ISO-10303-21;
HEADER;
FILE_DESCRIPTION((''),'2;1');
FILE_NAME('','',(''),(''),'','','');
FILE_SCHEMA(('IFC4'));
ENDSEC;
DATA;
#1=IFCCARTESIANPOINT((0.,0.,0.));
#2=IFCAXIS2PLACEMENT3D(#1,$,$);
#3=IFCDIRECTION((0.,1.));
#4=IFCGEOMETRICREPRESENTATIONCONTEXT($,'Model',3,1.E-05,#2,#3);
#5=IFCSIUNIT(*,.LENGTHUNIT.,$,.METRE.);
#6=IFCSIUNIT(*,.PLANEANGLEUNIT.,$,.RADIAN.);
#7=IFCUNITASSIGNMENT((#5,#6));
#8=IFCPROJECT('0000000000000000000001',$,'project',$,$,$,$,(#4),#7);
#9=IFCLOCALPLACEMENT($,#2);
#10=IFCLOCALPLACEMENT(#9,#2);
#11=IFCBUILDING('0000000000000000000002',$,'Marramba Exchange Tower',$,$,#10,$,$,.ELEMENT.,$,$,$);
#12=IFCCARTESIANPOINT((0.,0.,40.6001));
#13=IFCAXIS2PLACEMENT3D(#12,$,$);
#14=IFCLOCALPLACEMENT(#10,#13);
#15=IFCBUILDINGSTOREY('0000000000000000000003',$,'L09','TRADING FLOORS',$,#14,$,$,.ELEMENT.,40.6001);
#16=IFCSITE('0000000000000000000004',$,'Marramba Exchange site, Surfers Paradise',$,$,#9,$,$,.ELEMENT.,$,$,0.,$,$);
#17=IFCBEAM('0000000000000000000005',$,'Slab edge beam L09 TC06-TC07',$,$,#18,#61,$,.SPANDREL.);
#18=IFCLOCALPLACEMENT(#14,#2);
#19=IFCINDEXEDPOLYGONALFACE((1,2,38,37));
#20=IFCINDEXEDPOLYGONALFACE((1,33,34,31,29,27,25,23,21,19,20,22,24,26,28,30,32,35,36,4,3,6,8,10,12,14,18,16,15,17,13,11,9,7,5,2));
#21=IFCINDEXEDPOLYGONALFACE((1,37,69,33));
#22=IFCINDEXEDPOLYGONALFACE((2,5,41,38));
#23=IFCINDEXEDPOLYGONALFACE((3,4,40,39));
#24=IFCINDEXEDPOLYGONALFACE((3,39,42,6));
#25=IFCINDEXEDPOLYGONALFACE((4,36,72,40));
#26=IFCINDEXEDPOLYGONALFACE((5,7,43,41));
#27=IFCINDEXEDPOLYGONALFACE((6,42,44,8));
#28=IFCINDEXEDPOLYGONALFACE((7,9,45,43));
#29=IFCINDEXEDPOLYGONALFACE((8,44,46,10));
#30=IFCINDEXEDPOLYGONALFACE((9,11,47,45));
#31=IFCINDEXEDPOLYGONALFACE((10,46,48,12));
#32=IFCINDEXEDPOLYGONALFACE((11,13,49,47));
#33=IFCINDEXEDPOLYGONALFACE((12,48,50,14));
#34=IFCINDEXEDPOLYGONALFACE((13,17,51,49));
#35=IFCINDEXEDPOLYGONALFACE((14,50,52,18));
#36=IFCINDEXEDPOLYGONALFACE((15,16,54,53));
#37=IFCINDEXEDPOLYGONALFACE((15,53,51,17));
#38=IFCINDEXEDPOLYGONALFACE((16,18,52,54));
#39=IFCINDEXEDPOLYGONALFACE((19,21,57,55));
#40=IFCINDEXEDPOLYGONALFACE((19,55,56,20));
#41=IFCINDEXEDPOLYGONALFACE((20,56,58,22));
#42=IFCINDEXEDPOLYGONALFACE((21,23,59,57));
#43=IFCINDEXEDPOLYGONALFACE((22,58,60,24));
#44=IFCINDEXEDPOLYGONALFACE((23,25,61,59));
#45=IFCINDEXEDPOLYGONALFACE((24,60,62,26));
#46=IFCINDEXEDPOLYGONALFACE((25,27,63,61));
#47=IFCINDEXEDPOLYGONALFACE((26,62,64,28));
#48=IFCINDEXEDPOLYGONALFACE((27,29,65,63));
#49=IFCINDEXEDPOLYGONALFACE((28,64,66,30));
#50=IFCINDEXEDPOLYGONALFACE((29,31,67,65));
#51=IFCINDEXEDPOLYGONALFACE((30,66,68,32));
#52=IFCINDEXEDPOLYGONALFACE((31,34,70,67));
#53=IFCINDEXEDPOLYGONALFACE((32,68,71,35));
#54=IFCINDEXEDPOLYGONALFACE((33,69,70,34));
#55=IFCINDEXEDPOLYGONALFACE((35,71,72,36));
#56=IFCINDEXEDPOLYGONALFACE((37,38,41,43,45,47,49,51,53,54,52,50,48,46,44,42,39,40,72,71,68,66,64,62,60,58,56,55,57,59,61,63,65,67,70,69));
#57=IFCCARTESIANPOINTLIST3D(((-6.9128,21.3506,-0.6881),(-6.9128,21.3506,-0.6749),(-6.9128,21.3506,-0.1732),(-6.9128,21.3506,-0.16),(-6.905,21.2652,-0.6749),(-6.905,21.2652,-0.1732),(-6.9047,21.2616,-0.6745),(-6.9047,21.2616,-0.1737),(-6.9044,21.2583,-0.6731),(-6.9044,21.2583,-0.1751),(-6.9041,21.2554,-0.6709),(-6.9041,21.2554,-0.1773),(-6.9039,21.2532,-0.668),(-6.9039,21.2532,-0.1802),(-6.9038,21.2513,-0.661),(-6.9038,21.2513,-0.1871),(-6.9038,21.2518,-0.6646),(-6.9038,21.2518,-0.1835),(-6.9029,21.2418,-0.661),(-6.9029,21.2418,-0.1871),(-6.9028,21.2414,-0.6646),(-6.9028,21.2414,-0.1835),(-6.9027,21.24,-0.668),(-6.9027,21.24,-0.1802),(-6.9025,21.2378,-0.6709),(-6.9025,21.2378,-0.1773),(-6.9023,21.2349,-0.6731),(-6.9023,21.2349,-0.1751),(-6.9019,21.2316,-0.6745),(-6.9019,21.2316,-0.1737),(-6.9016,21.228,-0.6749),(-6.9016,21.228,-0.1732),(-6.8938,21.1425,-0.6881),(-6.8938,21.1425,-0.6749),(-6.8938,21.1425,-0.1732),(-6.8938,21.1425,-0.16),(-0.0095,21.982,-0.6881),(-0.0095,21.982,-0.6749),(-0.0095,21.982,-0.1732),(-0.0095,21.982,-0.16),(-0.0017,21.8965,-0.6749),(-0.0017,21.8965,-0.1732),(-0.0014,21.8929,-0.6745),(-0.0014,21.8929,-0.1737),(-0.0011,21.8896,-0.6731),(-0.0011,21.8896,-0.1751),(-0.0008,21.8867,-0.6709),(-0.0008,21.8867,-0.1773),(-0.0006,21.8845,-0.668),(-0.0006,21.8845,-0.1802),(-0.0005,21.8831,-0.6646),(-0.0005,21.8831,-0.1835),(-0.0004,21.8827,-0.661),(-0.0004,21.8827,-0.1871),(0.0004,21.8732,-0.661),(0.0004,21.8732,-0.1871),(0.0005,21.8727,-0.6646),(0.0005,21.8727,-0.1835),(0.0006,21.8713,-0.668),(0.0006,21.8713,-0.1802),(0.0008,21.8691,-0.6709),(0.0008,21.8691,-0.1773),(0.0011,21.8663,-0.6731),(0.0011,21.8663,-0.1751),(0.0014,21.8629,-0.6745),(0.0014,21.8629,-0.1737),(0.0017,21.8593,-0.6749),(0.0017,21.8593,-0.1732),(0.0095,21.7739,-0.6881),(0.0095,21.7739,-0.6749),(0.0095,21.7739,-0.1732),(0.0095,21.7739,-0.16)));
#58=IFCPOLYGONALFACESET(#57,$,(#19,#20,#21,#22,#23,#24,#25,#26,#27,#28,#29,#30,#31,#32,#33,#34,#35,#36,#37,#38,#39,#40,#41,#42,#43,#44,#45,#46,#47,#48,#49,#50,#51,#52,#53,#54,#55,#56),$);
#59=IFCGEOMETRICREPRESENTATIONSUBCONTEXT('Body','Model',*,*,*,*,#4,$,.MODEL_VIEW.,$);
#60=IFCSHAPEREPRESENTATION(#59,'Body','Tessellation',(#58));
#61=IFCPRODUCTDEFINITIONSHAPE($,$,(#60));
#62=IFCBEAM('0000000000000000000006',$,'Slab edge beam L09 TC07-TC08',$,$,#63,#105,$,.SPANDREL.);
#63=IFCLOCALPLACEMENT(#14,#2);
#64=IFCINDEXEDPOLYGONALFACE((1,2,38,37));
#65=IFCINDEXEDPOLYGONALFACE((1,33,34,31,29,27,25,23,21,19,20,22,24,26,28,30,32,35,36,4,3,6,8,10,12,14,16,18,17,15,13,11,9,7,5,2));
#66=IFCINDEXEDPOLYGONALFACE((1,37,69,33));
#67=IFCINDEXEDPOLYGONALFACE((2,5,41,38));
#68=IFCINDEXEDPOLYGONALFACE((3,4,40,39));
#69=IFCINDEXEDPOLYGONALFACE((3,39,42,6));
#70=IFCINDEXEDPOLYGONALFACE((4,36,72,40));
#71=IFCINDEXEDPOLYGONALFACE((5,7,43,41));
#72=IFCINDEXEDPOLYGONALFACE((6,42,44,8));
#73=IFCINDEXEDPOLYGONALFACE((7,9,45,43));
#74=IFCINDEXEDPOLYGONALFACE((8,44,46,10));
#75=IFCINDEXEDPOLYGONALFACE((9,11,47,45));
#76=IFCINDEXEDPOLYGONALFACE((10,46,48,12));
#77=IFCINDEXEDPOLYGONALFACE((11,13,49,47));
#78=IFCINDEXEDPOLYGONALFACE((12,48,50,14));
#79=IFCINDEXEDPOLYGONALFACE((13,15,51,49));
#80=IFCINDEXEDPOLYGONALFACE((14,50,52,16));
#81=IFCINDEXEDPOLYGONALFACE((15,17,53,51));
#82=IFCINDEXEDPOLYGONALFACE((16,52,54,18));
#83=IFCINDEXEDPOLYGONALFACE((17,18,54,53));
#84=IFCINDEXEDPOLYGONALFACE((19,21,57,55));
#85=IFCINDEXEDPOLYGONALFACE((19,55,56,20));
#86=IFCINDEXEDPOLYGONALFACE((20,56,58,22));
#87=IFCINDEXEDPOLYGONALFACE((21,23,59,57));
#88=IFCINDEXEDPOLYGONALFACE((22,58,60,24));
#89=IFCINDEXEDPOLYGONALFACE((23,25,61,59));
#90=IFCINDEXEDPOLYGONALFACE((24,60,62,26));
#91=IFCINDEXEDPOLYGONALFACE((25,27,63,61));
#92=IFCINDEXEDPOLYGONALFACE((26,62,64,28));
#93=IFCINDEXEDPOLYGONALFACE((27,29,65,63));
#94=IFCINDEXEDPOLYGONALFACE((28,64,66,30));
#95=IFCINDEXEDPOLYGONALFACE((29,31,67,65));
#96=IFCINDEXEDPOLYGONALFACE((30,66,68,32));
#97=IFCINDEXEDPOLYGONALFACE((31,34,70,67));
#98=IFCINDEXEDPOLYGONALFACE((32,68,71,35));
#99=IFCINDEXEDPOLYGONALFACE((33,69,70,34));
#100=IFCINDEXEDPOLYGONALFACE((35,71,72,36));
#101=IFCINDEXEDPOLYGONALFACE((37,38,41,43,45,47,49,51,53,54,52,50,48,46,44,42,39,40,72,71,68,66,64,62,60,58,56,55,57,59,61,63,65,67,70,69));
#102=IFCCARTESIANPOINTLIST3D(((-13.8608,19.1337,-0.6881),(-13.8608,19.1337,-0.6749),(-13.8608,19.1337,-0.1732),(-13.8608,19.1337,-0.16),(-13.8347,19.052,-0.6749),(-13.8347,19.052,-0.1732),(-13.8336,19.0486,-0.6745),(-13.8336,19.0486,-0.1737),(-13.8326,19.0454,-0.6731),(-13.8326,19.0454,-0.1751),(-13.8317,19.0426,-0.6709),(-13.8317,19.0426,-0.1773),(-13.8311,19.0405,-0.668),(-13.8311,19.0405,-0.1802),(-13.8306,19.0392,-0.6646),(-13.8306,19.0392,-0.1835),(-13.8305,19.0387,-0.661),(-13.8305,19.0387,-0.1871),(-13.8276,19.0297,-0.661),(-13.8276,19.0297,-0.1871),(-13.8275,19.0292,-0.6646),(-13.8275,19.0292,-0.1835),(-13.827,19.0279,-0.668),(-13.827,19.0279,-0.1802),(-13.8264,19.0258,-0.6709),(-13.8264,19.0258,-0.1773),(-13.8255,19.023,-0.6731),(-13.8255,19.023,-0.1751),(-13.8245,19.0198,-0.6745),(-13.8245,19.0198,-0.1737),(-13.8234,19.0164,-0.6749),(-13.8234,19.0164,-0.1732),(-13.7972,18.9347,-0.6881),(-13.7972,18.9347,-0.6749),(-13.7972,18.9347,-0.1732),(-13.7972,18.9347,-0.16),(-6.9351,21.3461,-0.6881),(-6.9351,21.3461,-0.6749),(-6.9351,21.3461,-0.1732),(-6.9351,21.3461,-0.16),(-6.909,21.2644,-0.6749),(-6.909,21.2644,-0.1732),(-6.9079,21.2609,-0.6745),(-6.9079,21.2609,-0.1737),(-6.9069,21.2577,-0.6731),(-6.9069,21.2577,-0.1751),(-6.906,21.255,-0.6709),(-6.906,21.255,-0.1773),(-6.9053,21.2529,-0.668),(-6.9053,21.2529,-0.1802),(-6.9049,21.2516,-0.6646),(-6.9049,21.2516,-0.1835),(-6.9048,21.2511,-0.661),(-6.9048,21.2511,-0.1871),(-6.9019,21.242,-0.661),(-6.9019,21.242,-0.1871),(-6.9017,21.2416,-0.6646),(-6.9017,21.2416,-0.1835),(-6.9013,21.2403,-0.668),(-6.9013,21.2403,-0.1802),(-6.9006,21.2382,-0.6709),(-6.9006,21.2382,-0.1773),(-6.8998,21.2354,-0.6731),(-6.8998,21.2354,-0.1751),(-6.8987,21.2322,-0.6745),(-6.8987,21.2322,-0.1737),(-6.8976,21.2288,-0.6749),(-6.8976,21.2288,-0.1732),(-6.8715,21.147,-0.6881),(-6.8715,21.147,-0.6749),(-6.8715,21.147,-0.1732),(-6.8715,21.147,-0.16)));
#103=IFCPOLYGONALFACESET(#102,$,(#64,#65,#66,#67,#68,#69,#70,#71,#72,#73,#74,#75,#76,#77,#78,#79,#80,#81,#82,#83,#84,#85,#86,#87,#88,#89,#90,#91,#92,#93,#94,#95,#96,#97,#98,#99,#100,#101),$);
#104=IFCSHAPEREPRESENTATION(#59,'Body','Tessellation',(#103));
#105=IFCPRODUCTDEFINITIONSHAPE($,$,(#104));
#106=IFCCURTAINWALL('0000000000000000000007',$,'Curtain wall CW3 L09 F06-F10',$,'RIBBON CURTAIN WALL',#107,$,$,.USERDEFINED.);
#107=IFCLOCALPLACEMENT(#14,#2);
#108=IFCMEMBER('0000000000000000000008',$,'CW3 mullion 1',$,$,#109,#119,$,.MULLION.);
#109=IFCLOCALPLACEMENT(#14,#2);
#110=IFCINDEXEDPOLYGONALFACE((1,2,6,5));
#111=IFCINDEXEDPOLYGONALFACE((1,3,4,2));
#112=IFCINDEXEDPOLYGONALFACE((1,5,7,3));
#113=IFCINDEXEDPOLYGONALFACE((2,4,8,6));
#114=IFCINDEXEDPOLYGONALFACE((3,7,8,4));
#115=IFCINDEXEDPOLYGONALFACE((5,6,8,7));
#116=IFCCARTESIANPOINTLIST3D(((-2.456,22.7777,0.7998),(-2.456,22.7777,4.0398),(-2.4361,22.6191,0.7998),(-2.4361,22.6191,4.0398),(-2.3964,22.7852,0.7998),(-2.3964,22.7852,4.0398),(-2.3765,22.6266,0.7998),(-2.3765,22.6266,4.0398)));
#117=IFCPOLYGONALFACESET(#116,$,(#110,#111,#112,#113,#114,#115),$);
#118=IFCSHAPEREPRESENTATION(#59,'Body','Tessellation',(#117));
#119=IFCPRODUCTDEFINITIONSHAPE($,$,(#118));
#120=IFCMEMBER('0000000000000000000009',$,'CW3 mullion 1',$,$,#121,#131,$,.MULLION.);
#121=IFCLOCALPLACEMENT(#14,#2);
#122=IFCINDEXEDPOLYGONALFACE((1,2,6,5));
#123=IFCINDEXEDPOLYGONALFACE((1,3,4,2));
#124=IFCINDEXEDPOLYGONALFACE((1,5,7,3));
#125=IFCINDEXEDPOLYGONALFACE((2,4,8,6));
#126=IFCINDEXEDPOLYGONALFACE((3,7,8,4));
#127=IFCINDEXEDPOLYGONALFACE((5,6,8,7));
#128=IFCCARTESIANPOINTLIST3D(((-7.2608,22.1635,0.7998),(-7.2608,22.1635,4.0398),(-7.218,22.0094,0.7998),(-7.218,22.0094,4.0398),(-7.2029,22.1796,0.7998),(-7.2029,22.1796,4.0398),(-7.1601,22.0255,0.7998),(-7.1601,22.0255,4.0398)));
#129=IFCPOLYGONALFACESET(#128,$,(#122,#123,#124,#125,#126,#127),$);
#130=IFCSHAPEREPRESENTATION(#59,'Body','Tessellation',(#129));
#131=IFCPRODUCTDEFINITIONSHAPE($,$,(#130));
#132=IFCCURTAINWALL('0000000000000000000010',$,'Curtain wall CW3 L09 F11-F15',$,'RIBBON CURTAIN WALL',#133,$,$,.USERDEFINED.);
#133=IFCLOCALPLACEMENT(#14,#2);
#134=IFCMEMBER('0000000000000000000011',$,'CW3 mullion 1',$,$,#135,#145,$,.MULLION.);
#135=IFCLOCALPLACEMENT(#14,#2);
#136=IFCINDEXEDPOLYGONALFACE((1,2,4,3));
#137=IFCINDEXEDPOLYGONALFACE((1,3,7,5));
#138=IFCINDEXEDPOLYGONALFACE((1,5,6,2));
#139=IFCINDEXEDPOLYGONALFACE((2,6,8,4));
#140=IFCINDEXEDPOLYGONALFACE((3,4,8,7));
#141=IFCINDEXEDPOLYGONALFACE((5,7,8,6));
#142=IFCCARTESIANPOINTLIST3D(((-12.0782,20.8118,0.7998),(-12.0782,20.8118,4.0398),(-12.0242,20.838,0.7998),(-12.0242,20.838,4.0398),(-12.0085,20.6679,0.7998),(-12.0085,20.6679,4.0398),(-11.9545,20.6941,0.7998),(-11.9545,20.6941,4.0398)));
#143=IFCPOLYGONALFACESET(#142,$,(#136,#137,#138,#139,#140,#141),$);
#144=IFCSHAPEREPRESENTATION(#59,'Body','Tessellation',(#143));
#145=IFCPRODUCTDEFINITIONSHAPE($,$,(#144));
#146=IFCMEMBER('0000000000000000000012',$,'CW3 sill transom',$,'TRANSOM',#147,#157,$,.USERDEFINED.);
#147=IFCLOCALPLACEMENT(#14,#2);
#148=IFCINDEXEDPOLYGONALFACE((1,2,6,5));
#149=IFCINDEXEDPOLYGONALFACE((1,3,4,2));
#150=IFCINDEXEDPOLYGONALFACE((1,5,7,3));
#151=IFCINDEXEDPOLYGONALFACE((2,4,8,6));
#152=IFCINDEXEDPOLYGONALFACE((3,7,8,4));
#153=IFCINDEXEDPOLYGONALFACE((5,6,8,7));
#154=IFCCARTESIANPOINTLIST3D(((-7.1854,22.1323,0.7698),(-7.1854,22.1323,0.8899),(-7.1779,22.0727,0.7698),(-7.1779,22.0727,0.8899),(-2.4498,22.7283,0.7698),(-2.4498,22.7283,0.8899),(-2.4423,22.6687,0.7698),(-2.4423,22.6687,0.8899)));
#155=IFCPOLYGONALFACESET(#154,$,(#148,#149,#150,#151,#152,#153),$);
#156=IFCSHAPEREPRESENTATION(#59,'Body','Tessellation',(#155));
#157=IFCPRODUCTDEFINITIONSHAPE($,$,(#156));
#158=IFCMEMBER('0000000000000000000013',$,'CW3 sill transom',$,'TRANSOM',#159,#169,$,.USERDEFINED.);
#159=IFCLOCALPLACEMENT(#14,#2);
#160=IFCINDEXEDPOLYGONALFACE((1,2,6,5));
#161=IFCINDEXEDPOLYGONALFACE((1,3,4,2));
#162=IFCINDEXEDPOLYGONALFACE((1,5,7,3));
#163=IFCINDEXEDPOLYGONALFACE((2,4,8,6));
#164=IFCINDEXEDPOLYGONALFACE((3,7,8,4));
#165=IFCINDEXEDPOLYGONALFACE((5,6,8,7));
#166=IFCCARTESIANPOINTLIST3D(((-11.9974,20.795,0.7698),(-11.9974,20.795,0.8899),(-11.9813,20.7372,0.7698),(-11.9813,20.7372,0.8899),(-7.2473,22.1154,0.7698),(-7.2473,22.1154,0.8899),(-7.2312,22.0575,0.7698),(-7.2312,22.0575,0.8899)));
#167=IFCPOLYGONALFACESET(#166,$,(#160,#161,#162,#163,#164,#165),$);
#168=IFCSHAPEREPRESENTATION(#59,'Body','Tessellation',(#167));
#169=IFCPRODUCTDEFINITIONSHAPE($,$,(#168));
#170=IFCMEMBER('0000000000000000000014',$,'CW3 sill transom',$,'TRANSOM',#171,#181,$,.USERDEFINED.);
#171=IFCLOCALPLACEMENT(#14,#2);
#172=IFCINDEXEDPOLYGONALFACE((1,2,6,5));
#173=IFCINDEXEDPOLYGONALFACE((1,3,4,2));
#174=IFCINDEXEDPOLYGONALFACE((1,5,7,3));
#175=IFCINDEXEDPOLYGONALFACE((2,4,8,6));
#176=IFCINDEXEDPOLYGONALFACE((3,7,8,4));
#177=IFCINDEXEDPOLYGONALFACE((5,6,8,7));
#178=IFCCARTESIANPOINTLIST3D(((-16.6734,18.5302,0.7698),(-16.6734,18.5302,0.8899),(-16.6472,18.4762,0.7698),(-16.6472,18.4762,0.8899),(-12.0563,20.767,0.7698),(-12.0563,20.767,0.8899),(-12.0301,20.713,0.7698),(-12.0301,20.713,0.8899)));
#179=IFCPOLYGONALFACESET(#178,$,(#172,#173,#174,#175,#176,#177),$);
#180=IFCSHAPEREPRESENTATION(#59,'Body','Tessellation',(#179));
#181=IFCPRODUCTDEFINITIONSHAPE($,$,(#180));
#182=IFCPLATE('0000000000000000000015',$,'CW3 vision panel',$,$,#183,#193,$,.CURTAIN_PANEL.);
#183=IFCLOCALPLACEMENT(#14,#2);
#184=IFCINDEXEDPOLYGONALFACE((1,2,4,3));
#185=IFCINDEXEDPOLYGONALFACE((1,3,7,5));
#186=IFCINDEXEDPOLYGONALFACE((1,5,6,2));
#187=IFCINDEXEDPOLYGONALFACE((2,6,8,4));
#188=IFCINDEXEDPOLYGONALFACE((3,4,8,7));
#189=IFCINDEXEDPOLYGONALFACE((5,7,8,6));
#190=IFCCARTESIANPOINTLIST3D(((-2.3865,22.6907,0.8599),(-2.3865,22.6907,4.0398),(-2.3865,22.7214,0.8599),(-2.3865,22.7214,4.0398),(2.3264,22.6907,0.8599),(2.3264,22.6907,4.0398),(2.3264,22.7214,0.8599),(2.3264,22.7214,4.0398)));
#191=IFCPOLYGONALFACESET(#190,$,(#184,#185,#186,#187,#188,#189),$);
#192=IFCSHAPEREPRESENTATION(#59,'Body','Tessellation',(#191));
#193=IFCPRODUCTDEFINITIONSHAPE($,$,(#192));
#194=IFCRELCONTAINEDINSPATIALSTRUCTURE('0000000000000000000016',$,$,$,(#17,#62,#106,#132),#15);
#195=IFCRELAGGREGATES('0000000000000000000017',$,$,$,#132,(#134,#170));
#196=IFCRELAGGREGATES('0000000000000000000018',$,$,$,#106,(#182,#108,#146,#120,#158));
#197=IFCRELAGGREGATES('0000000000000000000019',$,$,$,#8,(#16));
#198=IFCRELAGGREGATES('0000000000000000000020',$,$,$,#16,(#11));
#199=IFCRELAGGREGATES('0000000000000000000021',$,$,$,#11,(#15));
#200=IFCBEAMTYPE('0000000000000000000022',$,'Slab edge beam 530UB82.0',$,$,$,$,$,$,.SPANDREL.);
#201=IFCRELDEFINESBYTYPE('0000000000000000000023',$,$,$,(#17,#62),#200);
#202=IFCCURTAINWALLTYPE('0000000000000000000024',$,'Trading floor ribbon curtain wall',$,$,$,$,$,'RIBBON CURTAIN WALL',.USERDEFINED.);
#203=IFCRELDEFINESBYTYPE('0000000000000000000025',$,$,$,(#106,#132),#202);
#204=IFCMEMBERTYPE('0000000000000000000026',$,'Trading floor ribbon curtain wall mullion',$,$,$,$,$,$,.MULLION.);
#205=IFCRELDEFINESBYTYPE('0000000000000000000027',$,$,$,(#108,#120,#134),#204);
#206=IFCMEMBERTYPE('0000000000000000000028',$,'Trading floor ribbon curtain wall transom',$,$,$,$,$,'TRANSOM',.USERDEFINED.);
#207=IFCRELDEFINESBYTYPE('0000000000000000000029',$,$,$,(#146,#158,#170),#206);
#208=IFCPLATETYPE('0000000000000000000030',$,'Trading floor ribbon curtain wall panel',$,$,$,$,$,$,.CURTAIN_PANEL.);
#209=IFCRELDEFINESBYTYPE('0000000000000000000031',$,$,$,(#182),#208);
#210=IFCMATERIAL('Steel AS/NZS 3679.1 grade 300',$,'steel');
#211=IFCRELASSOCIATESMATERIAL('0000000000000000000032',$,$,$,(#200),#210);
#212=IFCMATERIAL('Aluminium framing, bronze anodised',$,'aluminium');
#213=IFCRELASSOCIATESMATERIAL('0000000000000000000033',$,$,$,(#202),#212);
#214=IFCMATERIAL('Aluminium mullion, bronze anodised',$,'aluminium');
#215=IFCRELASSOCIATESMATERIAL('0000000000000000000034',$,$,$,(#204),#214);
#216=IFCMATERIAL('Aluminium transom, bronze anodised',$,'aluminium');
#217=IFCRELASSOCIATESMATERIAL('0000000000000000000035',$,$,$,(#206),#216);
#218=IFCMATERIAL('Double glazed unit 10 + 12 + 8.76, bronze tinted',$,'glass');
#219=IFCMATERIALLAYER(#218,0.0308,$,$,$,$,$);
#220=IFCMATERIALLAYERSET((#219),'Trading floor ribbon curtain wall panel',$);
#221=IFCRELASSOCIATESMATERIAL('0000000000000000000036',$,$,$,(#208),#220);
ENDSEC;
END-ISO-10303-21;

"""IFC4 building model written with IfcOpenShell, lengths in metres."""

from ifc_helpers import new_model, si_unit, direction, frame, origin, origin_2d, place, context, subcontext, project, spatial, rectangle, i_section, extrude, material, layer, layer_set, material_profile, profile_set, type_object, element, aggregate, save


model = new_model("IFC4")

# Units and contexts
model_context = context("Model", 3, precision=1e-05, world=origin(), true_north=direction((0.0, 1.0)))
body_context = subcontext(model_context, "Body", "Model", "MODEL_VIEW")
ifc_project = project(units=[si_unit("LENGTHUNIT", "METRE"), si_unit("PLANEANGLEUNIT", "RADIAN")], contexts=[model_context])

# Site, building, storey
site_placement = place(None, origin())
site = spatial("IfcSite", under=ifc_project, at=site_placement, Name="Marramba Exchange site, Surfers Paradise", CompositionType="ELEMENT", RefElevation=0.0)
building_placement = place(site_placement, origin())
building = spatial("IfcBuilding", under=site, at=building_placement, Name="Marramba Exchange Tower", CompositionType="ELEMENT")
storey_placement = place(building_placement, frame((0.0, 0.0, 40.6001)))
storey = spatial("IfcBuildingStorey", under=building, at=storey_placement, Name="L09", Description="TRADING FLOORS", CompositionType="ELEMENT", Elevation=40.6001)

# Beams
ifc_material_1 = material(Name="Steel AS/NZS 3679.1 grade 300", Category="steel")
ifc_material_profile_1 = material_profile(ifc_material_1, i_section(OverallWidth=0.209, OverallDepth=0.5281, WebThickness=0.0095, FlangeThickness=0.0132, FilletRadius=0.0139, at=origin_2d()), Name="530UB82.0")
ifc_profile_set_1 = profile_set([ifc_material_profile_1], Name="Steel AS/NZS 3679.1 grade 300")
beam_type_1 = type_object("IfcBeamType", Name="Slab edge beam 530UB82.0", PredefinedType="SPANDREL", material=ifc_profile_set_1)
beam_1_placement = place(storey_placement, frame((0.0, 21.8779, -0.4241), z_axis=(-0.995844, -0.091076, 0.0), x_axis=(0.091076, -0.995844, 0.0)))
element("IfcBeam", 1, at=beam_1_placement, inside=storey, type_object=beam_type_1, Name="Slab edge beam L09 TC06-TC07", PredefinedType="SPANDREL", context=body_context, shape_type="SweptSolid", body=[
    extrude(i_section(OverallWidth=0.209, OverallDepth=0.5281, WebThickness=0.0095, FlangeThickness=0.0132, FilletRadius=0.0139, at=origin_2d()), origin(), (0.0, 0.0, 1.0), 6.9321),
])
beam_2_placement = place(storey_placement, frame((-6.9033, 21.2466, -0.4241), z_axis=(-0.952578, -0.304296, 0.0), x_axis=(0.304296, -0.952578, 0.0)))
element("IfcBeam", 2, at=beam_2_placement, inside=storey, type_object=beam_type_1, Name="Slab edge beam L09 TC07-TC08", PredefinedType="SPANDREL", context=body_context, shape_type="SweptSolid", body=[
    extrude(i_section(OverallWidth=0.209, OverallDepth=0.5281, WebThickness=0.0095, FlangeThickness=0.0132, FilletRadius=0.0139, at=origin_2d()), origin(), (0.0, 0.0, 1.0), 7.2705),
])

# Curtain wall, members
ifc_material_2 = material(Name="Aluminium framing, bronze anodised", Category="aluminium")
curtain_wall_type = type_object("IfcCurtainWallType", Name="Trading floor ribbon curtain wall", ElementType="RIBBON CURTAIN WALL", PredefinedType="USERDEFINED", material=ifc_material_2)
curtain_wall_1_placement = place(storey_placement, origin())
curtain_wall_1 = element("IfcCurtainWall", 3, at=curtain_wall_1_placement, inside=storey, type_object=curtain_wall_type, Name="Curtain wall CW3 L09 F06-F10", ObjectType="RIBBON CURTAIN WALL", PredefinedType="USERDEFINED")
ifc_material_3 = material(Name="Aluminium mullion, bronze anodised", Category="aluminium")
ifc_material_profile_2 = material_profile(ifc_material_3, rectangle(XDim=0.1599, YDim=0.0601, at=origin_2d()), Name="CW3 mullion 60x160")
ifc_profile_set_2 = profile_set([ifc_material_profile_2], Name="Aluminium mullion, bronze anodised")
member_type_1 = type_object("IfcMemberType", Name="Trading floor ribbon curtain wall mullion", PredefinedType="MULLION", material=ifc_profile_set_2)
member_1_placement = place(storey_placement, frame((-2.4163, 22.7021, 0.7998), z_axis=(0.0, 0.0, 1.0), x_axis=(0.124873, -0.992173, 0.0)))
member_1 = element("IfcMember", 4, at=member_1_placement, type_object=member_type_1, Name="CW3 mullion 1", PredefinedType="MULLION", context=body_context, shape_type="SweptSolid", body=[
    extrude(rectangle(XDim=0.1599, YDim=0.0601, at=origin_2d()), origin(), (0.0, 0.0, 1.0), 3.24),
])
member_2_placement = place(storey_placement, frame((-7.2104, 22.0945, 0.7998), z_axis=(0.0, 0.0, 1.0), x_axis=(0.267809, -0.963472, 0.0)))
member_2 = element("IfcMember", 5, at=member_2_placement, type_object=member_type_1, Name="CW3 mullion 1", PredefinedType="MULLION", context=body_context, shape_type="SweptSolid", body=[
    extrude(rectangle(XDim=0.1599, YDim=0.0601, at=origin_2d()), origin(), (0.0, 0.0, 1.0), 3.24),
])

# Curtain wall, member
curtain_wall_2_placement = place(storey_placement, origin())
curtain_wall_2 = element("IfcCurtainWall", 6, at=curtain_wall_2_placement, inside=storey, type_object=curtain_wall_type, Name="Curtain wall CW3 L09 F11-F15", ObjectType="RIBBON CURTAIN WALL", PredefinedType="USERDEFINED")
member_3_placement = place(storey_placement, frame((-12.0164, 20.7529, 0.7998), z_axis=(0.0, 0.0, 1.0), x_axis=(0.435965, -0.899963, 0.0)))
member_3 = element("IfcMember", 7, at=member_3_placement, type_object=member_type_1, Name="CW3 mullion 1", PredefinedType="MULLION", context=body_context, shape_type="SweptSolid", body=[
    extrude(rectangle(XDim=0.1599, YDim=0.0601, at=origin_2d()), origin(), (0.0, 0.0, 1.0), 3.24),
])

# Members
ifc_material_4 = material(Name="Aluminium transom, bronze anodised", Category="aluminium")
ifc_material_profile_3 = material_profile(ifc_material_4, rectangle(XDim=0.0601, YDim=0.1201, at=origin_2d()), Name="CW3 transom 60x120")
ifc_profile_set_3 = profile_set([ifc_material_profile_3], Name="Aluminium transom, bronze anodised")
member_type_2 = type_object("IfcMemberType", Name="Trading floor ribbon curtain wall transom", ElementType="TRANSOM", PredefinedType="USERDEFINED", material=ifc_profile_set_3)
member_4_placement = place(storey_placement, frame((-2.446, 22.6985, 0.8298), z_axis=(-0.992174, -0.124859, 0.0), x_axis=(0.124859, -0.992174, 0.0)))
member_4 = element("IfcMember", 8, at=member_4_placement, type_object=member_type_2, Name="CW3 sill transom", ObjectType="TRANSOM", PredefinedType="USERDEFINED", context=body_context, shape_type="SweptSolid", body=[
    extrude(rectangle(XDim=0.0601, YDim=0.1201, at=origin_2d()), origin(), (0.0, 0.0, 1.0), 4.7729),
])
member_5_placement = place(storey_placement, frame((-7.2393, 22.0864, 0.8298), z_axis=(-0.963472, -0.267807, 0.0), x_axis=(0.267807, -0.963472, 0.0)))
member_5 = element("IfcMember", 9, at=member_5_placement, type_object=member_type_2, Name="CW3 sill transom", ObjectType="TRANSOM", PredefinedType="USERDEFINED", context=body_context, shape_type="SweptSolid", body=[
    extrude(rectangle(XDim=0.0601, YDim=0.1201, at=origin_2d()), origin(), (0.0, 0.0, 1.0), 4.9302),
])
member_6_placement = place(storey_placement, frame((-12.0432, 20.74, 0.8298), z_axis=(-0.899953, -0.435986, 0.0), x_axis=(0.435986, -0.899953, 0.0)))
member_6 = element("IfcMember", 10, at=member_6_placement, type_object=member_type_2, Name="CW3 sill transom", ObjectType="TRANSOM", PredefinedType="USERDEFINED", context=body_context, shape_type="SweptSolid", body=[
    extrude(rectangle(XDim=0.0601, YDim=0.1201, at=origin_2d()), origin(), (0.0, 0.0, 1.0), 5.1304),
])
aggregate(curtain_wall_2, [member_3, member_6])

# Plate
ifc_material_5 = material(Name="Double glazed unit 10 + 12 + 8.76, bronze tinted", Category="glass")
ifc_layer_1 = layer(ifc_material_5, 0.0308)
ifc_layer_set_1 = layer_set([ifc_layer_1], Name="Trading floor ribbon curtain wall panel")
plate_type = type_object("IfcPlateType", Name="Trading floor ribbon curtain wall panel", PredefinedType="CURTAIN_PANEL", material=ifc_layer_set_1)
plate_1_placement = place(storey_placement, frame((-0.03, 22.7061, 0.8599), z_axis=(0.0, 0.0, 1.0), x_axis=(-1.0, 0.0, 0.0)))
plate_1 = element("IfcPlate", 11, at=plate_1_placement, type_object=plate_type, Name="CW3 vision panel", PredefinedType="CURTAIN_PANEL", context=body_context, shape_type="SweptSolid", body=[
    extrude(rectangle(XDim=4.7129, YDim=0.0308, at=origin_2d()), origin(), (0.0, 0.0, 1.0), 3.1799),
])
aggregate(curtain_wall_1, [plate_1, member_1, member_4, member_2, member_5])

save(model, "model.ifc")
